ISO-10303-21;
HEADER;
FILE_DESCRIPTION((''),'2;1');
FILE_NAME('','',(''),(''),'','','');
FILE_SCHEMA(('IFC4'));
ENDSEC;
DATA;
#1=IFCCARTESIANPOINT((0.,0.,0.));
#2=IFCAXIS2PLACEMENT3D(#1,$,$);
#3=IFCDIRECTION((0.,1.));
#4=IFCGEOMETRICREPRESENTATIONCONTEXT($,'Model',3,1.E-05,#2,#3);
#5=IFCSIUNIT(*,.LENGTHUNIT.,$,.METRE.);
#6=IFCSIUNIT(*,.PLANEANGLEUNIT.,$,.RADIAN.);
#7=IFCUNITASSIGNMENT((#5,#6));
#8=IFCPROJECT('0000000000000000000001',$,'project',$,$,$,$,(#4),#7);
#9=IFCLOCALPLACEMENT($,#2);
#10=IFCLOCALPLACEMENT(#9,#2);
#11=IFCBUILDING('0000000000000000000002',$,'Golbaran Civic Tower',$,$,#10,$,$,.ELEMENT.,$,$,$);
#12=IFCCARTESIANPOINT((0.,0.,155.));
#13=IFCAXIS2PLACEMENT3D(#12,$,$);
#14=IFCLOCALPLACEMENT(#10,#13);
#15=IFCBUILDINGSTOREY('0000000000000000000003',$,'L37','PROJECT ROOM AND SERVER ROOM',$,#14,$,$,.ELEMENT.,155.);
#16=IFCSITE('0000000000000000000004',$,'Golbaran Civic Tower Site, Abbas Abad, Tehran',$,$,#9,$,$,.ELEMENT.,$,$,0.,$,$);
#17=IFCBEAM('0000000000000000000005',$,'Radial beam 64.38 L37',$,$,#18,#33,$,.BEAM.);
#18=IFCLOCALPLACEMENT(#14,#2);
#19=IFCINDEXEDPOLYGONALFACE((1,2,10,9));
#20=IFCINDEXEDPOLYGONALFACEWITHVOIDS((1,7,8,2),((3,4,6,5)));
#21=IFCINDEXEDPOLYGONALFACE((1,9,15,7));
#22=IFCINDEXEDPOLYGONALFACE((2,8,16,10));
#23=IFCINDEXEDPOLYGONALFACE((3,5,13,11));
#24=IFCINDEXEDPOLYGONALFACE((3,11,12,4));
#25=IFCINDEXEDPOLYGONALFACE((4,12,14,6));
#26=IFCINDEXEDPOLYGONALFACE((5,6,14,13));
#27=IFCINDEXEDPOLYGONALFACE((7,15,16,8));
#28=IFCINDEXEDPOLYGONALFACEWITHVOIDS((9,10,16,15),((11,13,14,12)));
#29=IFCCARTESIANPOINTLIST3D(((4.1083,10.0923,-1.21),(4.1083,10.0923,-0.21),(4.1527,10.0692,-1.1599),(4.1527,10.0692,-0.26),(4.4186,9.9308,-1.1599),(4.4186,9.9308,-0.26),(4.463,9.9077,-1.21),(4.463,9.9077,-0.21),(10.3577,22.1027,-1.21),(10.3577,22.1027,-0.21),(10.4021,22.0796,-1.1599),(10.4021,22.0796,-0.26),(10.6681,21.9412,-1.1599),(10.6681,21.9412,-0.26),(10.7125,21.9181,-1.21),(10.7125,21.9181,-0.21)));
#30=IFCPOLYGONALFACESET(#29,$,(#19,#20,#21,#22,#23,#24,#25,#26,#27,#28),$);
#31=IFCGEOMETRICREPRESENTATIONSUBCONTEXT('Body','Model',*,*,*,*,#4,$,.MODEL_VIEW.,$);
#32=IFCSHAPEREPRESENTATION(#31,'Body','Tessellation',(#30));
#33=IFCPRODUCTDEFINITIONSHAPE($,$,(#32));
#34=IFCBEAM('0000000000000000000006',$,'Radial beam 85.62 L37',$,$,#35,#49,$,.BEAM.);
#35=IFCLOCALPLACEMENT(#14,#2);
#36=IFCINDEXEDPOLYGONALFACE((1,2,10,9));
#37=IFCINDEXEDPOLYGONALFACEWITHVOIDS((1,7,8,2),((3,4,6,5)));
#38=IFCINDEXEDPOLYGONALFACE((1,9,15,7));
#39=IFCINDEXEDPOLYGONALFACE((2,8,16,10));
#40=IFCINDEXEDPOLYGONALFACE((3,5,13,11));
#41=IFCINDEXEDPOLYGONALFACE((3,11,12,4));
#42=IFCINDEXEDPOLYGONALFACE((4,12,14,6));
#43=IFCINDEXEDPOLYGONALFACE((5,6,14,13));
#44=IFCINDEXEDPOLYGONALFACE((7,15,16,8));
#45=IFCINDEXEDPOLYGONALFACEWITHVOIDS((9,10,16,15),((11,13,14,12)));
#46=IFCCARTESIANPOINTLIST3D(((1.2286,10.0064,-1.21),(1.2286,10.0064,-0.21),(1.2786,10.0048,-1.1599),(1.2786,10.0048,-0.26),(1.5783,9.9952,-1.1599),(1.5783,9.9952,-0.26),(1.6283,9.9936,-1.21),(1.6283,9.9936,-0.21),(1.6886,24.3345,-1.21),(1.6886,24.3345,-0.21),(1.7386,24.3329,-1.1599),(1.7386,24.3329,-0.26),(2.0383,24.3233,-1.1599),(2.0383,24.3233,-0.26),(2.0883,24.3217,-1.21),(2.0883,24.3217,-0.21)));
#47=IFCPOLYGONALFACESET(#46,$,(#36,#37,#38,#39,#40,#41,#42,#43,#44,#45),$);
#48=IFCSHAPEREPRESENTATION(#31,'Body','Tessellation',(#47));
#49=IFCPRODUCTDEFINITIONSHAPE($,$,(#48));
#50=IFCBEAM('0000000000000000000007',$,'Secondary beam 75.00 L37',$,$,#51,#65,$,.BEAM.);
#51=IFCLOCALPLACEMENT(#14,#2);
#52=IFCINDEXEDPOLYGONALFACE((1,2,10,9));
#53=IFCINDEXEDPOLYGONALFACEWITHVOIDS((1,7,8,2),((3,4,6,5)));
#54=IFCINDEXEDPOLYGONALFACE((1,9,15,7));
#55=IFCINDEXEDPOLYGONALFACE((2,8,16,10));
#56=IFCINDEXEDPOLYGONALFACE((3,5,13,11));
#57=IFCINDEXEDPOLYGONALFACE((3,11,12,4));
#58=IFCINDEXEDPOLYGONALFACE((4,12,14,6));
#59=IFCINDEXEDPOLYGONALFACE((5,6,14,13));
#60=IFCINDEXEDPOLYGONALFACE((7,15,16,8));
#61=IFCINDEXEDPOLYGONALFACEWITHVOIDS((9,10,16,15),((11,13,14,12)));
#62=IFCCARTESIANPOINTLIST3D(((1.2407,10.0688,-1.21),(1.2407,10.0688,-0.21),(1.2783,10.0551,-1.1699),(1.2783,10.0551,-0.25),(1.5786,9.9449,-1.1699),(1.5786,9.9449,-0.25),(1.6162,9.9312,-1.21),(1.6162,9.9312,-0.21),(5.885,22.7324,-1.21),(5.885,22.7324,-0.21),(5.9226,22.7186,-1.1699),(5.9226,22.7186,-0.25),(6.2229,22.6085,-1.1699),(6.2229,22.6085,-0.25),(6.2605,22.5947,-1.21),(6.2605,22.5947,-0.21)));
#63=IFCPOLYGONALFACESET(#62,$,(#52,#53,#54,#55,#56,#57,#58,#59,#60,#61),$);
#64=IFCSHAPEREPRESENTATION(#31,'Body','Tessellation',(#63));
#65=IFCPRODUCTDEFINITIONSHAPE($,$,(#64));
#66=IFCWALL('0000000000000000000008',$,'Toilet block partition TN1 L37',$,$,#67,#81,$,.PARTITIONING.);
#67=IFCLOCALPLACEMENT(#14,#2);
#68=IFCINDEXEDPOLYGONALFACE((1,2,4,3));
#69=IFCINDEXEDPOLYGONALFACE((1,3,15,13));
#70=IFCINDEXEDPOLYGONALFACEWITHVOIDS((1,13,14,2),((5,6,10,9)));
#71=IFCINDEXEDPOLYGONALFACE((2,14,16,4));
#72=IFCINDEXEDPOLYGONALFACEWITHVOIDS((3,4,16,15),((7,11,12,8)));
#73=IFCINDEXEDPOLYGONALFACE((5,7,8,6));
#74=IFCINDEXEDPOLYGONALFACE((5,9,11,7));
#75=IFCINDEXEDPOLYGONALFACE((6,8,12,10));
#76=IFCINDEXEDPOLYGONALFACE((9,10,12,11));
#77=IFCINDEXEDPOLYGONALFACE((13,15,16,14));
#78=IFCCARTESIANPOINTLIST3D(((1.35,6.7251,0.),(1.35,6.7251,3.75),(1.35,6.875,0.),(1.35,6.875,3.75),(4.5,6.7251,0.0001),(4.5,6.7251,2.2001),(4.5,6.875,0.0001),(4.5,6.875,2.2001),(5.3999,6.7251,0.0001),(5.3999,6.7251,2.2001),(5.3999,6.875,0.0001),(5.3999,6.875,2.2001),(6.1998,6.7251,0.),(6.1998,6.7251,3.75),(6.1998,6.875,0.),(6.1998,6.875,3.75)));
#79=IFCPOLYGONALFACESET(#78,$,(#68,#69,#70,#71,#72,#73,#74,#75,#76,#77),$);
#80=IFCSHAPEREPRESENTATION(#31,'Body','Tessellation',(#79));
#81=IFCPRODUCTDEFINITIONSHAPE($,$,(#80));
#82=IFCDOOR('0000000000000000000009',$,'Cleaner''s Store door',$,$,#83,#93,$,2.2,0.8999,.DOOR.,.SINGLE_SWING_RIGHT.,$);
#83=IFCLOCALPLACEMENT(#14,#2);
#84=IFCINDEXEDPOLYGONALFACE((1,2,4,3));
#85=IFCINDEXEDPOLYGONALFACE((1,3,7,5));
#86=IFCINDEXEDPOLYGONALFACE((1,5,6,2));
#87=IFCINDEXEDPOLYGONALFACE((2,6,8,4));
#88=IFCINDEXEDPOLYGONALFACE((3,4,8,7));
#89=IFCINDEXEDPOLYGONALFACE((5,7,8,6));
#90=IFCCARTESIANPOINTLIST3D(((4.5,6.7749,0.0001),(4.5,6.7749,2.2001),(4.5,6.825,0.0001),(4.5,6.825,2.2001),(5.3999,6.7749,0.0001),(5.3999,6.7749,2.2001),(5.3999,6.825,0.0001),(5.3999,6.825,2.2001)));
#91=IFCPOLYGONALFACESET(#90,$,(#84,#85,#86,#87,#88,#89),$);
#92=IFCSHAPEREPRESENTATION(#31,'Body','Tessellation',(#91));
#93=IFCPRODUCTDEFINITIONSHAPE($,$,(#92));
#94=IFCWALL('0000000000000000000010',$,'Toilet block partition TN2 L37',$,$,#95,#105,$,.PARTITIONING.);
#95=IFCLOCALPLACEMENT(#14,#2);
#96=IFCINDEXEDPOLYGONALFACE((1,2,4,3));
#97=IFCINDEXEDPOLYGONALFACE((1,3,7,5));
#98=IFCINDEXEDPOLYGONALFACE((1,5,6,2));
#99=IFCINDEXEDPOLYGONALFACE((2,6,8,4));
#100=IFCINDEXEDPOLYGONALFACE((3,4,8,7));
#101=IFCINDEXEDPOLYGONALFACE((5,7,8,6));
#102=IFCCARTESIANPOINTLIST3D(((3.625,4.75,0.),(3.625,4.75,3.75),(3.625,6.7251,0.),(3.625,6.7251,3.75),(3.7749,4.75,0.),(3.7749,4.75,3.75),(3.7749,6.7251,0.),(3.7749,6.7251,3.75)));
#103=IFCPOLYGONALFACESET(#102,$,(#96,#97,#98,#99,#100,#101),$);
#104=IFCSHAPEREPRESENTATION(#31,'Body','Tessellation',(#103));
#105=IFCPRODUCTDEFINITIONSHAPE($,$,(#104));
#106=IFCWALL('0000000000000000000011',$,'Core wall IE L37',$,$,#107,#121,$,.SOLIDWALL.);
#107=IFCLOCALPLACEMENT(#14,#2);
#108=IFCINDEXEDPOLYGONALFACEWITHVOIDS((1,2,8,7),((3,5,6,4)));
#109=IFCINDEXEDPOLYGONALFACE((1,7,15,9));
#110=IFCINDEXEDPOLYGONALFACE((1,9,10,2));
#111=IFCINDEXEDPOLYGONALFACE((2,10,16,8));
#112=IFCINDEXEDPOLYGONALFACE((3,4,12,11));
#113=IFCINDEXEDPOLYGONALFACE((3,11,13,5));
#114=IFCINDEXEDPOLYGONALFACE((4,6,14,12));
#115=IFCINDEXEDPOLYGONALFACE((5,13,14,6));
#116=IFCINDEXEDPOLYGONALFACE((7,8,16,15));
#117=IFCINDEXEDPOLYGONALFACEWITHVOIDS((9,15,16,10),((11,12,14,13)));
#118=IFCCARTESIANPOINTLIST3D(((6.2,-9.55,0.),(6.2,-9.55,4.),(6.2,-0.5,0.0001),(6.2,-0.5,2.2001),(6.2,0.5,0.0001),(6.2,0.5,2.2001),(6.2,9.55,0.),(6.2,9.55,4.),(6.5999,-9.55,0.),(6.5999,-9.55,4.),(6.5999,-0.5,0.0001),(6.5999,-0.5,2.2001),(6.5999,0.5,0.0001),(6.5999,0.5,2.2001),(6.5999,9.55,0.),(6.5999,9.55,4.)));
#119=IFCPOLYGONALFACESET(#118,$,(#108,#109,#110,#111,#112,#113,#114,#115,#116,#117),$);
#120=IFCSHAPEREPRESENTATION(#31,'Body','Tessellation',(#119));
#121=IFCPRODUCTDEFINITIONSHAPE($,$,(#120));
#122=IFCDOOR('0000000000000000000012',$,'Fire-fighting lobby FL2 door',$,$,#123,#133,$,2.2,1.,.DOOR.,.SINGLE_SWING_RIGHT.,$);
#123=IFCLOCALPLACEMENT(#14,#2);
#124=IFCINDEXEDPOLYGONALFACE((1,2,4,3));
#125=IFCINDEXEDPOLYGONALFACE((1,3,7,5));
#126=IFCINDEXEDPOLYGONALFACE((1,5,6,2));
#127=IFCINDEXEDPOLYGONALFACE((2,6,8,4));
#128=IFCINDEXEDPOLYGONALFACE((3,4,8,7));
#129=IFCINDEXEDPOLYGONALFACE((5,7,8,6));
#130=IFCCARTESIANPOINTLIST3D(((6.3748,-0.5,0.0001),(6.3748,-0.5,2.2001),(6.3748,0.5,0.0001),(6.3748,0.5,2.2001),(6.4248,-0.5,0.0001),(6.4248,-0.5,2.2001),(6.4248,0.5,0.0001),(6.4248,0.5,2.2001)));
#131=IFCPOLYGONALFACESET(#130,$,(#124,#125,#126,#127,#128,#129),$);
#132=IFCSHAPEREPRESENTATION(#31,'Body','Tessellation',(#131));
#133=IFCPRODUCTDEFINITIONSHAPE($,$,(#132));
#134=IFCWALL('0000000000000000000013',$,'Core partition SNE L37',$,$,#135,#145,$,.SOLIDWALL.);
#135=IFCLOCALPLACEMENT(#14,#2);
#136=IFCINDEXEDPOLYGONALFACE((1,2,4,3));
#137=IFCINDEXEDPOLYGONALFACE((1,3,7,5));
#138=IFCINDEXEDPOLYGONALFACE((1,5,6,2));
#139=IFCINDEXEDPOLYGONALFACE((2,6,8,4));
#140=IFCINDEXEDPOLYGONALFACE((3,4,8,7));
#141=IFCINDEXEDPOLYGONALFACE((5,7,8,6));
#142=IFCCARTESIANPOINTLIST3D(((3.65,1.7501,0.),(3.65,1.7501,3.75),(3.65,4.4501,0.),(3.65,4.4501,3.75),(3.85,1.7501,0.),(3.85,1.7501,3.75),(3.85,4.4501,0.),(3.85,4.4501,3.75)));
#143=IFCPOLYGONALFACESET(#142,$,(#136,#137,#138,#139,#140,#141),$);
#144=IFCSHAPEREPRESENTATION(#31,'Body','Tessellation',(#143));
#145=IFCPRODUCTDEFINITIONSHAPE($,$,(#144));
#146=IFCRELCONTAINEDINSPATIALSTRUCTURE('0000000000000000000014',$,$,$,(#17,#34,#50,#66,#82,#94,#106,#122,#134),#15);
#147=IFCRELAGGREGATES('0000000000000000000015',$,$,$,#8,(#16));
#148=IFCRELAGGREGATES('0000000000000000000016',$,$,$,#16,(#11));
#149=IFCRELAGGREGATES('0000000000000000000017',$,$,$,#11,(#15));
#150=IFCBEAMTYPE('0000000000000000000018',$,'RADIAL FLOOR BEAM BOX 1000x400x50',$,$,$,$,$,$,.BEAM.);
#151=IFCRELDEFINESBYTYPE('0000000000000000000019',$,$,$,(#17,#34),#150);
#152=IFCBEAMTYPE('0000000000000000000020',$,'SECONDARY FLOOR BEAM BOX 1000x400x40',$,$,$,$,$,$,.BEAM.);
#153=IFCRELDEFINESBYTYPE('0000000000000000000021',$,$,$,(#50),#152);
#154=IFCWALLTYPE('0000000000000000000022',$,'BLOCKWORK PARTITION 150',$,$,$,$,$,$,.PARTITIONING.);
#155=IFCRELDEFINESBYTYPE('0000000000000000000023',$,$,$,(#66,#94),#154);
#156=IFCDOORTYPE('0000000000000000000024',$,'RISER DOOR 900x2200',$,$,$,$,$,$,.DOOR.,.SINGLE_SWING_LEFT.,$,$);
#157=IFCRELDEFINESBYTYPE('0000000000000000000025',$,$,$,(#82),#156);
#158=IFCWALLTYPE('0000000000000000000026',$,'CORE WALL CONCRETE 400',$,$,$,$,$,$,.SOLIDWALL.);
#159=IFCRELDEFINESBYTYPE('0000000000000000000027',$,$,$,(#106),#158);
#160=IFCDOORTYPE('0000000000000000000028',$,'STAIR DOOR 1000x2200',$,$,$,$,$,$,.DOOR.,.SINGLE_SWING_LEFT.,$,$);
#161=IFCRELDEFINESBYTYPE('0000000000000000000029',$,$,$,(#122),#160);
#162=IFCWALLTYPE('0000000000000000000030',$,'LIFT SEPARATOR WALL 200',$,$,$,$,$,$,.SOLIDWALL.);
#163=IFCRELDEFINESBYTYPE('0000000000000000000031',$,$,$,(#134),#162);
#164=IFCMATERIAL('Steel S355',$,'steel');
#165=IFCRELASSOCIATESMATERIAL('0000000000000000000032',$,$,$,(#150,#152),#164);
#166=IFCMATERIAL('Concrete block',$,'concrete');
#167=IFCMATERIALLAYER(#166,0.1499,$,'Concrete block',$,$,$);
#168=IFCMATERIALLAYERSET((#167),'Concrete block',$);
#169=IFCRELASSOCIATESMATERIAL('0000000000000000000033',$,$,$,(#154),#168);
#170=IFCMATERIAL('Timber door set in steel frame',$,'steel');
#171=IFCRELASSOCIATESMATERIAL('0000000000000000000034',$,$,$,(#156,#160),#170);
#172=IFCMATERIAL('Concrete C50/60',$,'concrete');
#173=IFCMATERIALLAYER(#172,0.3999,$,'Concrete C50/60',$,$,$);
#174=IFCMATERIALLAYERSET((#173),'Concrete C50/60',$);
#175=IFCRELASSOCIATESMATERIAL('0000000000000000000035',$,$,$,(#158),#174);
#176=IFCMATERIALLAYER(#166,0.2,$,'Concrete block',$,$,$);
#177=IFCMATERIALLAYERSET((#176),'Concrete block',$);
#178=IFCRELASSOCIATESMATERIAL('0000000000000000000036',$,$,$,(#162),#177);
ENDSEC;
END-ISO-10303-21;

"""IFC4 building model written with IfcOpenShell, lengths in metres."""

from ifc_helpers import new_model, si_unit, direction, frame, frame_2d, origin, origin_2d, place, context, subcontext, project, spatial, rectangle, hollow_rectangle, extrude, material, layer, layer_set, material_profile, profile_set, type_object, element, fill, save


model = new_model("IFC4")

# Units and contexts
model_context = context("Model", 3, precision=1e-05, world=origin(), true_north=direction((0.0, 1.0)))
body_context = subcontext(model_context, "Body", "Model", "MODEL_VIEW")
ifc_project = project(units=[si_unit("LENGTHUNIT", "METRE"), si_unit("PLANEANGLEUNIT", "RADIAN")], contexts=[model_context])

# Site, building, storey
site_placement = place(None, origin())
site = spatial("IfcSite", under=ifc_project, at=site_placement, Name="Golbaran Civic Tower Site, Abbas Abad, Tehran", CompositionType="ELEMENT", RefElevation=0.0)
building_placement = place(site_placement, origin())
building = spatial("IfcBuilding", under=site, at=building_placement, Name="Golbaran Civic Tower", CompositionType="ELEMENT")
storey_placement = place(building_placement, frame((0.0, 0.0, 155.0)))
storey = spatial("IfcBuildingStorey", under=building, at=storey_placement, Name="L37", Description="PROJECT ROOM AND SERVER ROOM", CompositionType="ELEMENT", Elevation=155.0)

# Beams
ifc_material_1 = material(Name="Steel S355", Category="steel")
ifc_material_profile_1 = material_profile(ifc_material_1, hollow_rectangle(XDim=0.3999, YDim=1.0, WallThickness=0.05, at=origin_2d()), Name="BOX 1000x400x50")
ifc_profile_set_1 = profile_set([ifc_material_profile_1], Name="Steel S355")
beam_type_1 = type_object("IfcBeamType", Name="RADIAL FLOOR BEAM BOX 1000x400x50", PredefinedType="BEAM", material=ifc_profile_set_1)
beam_1_placement = place(storey_placement, frame((4.2856, 10.0, -0.71), z_axis=(0.461588, 0.887094, 0.0), x_axis=(-0.887094, 0.461588, 0.0)))
element("IfcBeam", 1, at=beam_1_placement, inside=storey, type_object=beam_type_1, Name="Radial beam 64.38 L37", PredefinedType="BEAM", context=body_context, shape_type="SweptSolid", body=[
    extrude(hollow_rectangle(XDim=0.3999, YDim=1.0, WallThickness=0.05, at=origin_2d()), origin(), (0.0, 0.0, 1.0), 13.5391),
])
beam_2_placement = place(storey_placement, frame((1.4285, 10.0, -0.71), z_axis=(0.032085, 0.999485, 0.0), x_axis=(-0.999485, 0.032085, 0.0)))
element("IfcBeam", 2, at=beam_2_placement, inside=storey, type_object=beam_type_1, Name="Radial beam 85.62 L37", PredefinedType="BEAM", context=body_context, shape_type="SweptSolid", body=[
    extrude(hollow_rectangle(XDim=0.3999, YDim=1.0, WallThickness=0.05, at=origin_2d()), origin(), (0.0, 0.0, 1.0), 14.3354),
])
ifc_material_profile_2 = material_profile(ifc_material_1, hollow_rectangle(XDim=0.3999, YDim=1.0, WallThickness=0.04, at=origin_2d()), Name="BOX 1000x400x40")
ifc_profile_set_2 = profile_set([ifc_material_profile_2], Name="Steel S355")
beam_type_2 = type_object("IfcBeamType", Name="SECONDARY FLOOR BEAM BOX 1000x400x40", PredefinedType="BEAM", material=ifc_profile_set_2)
beam_3_placement = place(storey_placement, frame((1.4285, 10.0, -0.71), z_axis=(0.344318, 0.938853, 0.0), x_axis=(-0.938853, 0.344318, 0.0)))
element("IfcBeam", 3, at=beam_3_placement, inside=storey, type_object=beam_type_2, Name="Secondary beam 75.00 L37", PredefinedType="BEAM", context=body_context, shape_type="SweptSolid", body=[
    extrude(hollow_rectangle(XDim=0.3999, YDim=1.0, WallThickness=0.04, at=origin_2d()), origin(), (0.0, 0.0, 1.0), 13.4883),
])

# Wall, opening, door
ifc_material_2 = material(Name="Concrete block", Category="concrete")
ifc_layer_1 = layer(ifc_material_2, 0.1499, Name="Concrete block")
ifc_layer_set_1 = layer_set([ifc_layer_1], Name="Concrete block")
wall_type_1 = type_object("IfcWallType", Name="BLOCKWORK PARTITION 150", PredefinedType="PARTITIONING", material=ifc_layer_set_1)
wall_1_placement = place(storey_placement, frame((1.3501, 6.8, 0.0), z_axis=(0.0, 0.0, 1.0), x_axis=(1.0, 0.0, 0.0)))
wall_1 = element("IfcWall", 4, at=wall_1_placement, inside=storey, type_object=wall_type_1, Name="Toilet block partition TN1 L37", PredefinedType="PARTITIONING", context=body_context, shape_type="SweptSolid", body=[
    extrude(rectangle(XDim=4.8499, YDim=0.1499, at=frame_2d((2.4248, 0.0))), origin(), (0.0, 0.0, 1.0), 3.75),
])
opening_1_placement = place(wall_1_placement, frame((3.1499, 0.0, 0.0)))
opening_1 = element("IfcOpeningElement", 5, at=opening_1_placement, cuts=wall_1, PredefinedType="OPENING", context=body_context, shape_type="SweptSolid", body=[
    extrude(rectangle(XDim=0.8999, YDim=2.2, at=frame_2d((0.45, 1.1001))), frame((0.0, 0.085, 0.0), z_axis=(0.0, -1.0, 0.0), x_axis=(1.0, 0.0, 0.0)), (0.0, 0.0, 1.0), 0.1699),
])
ifc_material_3 = material(Name="Timber door set in steel frame", Category="steel")
door_type_1 = type_object("IfcDoorType", Name="RISER DOOR 900x2200", OperationType="SINGLE_SWING_LEFT", PredefinedType="DOOR", material=ifc_material_3)
door_1_placement = place(opening_1_placement, origin())
door_1 = element("IfcDoor", 6, at=door_1_placement, inside=storey, type_object=door_type_1, Name="Cleaner's Store door", OperationType="SINGLE_SWING_RIGHT", OverallHeight=2.2, OverallWidth=0.8999, PredefinedType="DOOR", context=body_context, shape_type="SweptSolid", body=[
    extrude(rectangle(XDim=0.8999, YDim=2.2, at=frame_2d((0.45, 1.1001))), frame((0.0, 0.0249, 0.0), z_axis=(0.0, -1.0, 0.0), x_axis=(1.0, 0.0, 0.0)), (0.0, 0.0, 1.0), 0.05),
])
fill(opening_1, door_1)

# Wall
wall_2_placement = place(storey_placement, frame((3.7, 4.75, 0.0), z_axis=(0.0, 0.0, 1.0), x_axis=(0.0, 1.0, 0.0)))
element("IfcWall", 7, at=wall_2_placement, inside=storey, type_object=wall_type_1, Name="Toilet block partition TN2 L37", PredefinedType="PARTITIONING", context=body_context, shape_type="SweptSolid", body=[
    extrude(rectangle(XDim=1.9751, YDim=0.1499, at=frame_2d((0.9875, 0.0))), origin(), (0.0, 0.0, 1.0), 3.75),
])

# Wall, opening, door
ifc_material_4 = material(Name="Concrete C50/60", Category="concrete")
ifc_layer_2 = layer(ifc_material_4, 0.3999, Name="Concrete C50/60")
ifc_layer_set_2 = layer_set([ifc_layer_2], Name="Concrete C50/60")
wall_type_2 = type_object("IfcWallType", Name="CORE WALL CONCRETE 400", PredefinedType="SOLIDWALL", material=ifc_layer_set_2)
wall_3_placement = place(storey_placement, frame((6.3999, 9.55, 0.0), z_axis=(0.0, 0.0, 1.0), x_axis=(0.0, -1.0, 0.0)))
wall_3 = element("IfcWall", 8, at=wall_3_placement, inside=storey, type_object=wall_type_2, Name="Core wall IE L37", PredefinedType="SOLIDWALL", context=body_context, shape_type="SweptSolid", body=[
    extrude(rectangle(XDim=19.1001, YDim=0.3999, at=frame_2d((9.55, 0.0))), origin(), (0.0, 0.0, 1.0), 4.0),
])
opening_2_placement = place(wall_3_placement, frame((9.05, 0.0, 0.0)))
opening_2 = element("IfcOpeningElement", 9, at=opening_2_placement, cuts=wall_3, PredefinedType="OPENING", context=body_context, shape_type="SweptSolid", body=[
    extrude(rectangle(XDim=1.0, YDim=2.2, at=frame_2d((0.5, 1.1001))), frame((0.0, 0.21, 0.0), z_axis=(0.0, -1.0, 0.0), x_axis=(1.0, 0.0, 0.0)), (0.0, 0.0, 1.0), 0.4199),
])
door_type_2 = type_object("IfcDoorType", Name="STAIR DOOR 1000x2200", OperationType="SINGLE_SWING_LEFT", PredefinedType="DOOR", material=ifc_material_3)
door_2_placement = place(opening_2_placement, origin())
door_2 = element("IfcDoor", 10, at=door_2_placement, inside=storey, type_object=door_type_2, Name="Fire-fighting lobby FL2 door", OperationType="SINGLE_SWING_RIGHT", OverallHeight=2.2, OverallWidth=1.0, PredefinedType="DOOR", context=body_context, shape_type="SweptSolid", body=[
    extrude(rectangle(XDim=1.0, YDim=2.2, at=frame_2d((0.5, 1.1001))), frame((0.0, 0.0249, 0.0), z_axis=(0.0, -1.0, 0.0), x_axis=(1.0, 0.0, 0.0)), (0.0, 0.0, 1.0), 0.05),
])
fill(opening_2, door_2)

# Wall
ifc_layer_3 = layer(ifc_material_2, 0.2, Name="Concrete block")
ifc_layer_set_3 = layer_set([ifc_layer_3], Name="Concrete block")
wall_type_3 = type_object("IfcWallType", Name="LIFT SEPARATOR WALL 200", PredefinedType="SOLIDWALL", material=ifc_layer_set_3)
wall_4_placement = place(storey_placement, frame((3.75, 1.75, 0.0), z_axis=(0.0, 0.0, 1.0), x_axis=(0.0, 1.0, 0.0)))
element("IfcWall", 11, at=wall_4_placement, inside=storey, type_object=wall_type_3, Name="Core partition SNE L37", PredefinedType="SOLIDWALL", context=body_context, shape_type="SweptSolid", body=[
    extrude(rectangle(XDim=2.7, YDim=0.2, at=frame_2d((1.3501, 0.0))), origin(), (0.0, 0.0, 1.0), 3.75),
])

save(model, "model.ifc")
